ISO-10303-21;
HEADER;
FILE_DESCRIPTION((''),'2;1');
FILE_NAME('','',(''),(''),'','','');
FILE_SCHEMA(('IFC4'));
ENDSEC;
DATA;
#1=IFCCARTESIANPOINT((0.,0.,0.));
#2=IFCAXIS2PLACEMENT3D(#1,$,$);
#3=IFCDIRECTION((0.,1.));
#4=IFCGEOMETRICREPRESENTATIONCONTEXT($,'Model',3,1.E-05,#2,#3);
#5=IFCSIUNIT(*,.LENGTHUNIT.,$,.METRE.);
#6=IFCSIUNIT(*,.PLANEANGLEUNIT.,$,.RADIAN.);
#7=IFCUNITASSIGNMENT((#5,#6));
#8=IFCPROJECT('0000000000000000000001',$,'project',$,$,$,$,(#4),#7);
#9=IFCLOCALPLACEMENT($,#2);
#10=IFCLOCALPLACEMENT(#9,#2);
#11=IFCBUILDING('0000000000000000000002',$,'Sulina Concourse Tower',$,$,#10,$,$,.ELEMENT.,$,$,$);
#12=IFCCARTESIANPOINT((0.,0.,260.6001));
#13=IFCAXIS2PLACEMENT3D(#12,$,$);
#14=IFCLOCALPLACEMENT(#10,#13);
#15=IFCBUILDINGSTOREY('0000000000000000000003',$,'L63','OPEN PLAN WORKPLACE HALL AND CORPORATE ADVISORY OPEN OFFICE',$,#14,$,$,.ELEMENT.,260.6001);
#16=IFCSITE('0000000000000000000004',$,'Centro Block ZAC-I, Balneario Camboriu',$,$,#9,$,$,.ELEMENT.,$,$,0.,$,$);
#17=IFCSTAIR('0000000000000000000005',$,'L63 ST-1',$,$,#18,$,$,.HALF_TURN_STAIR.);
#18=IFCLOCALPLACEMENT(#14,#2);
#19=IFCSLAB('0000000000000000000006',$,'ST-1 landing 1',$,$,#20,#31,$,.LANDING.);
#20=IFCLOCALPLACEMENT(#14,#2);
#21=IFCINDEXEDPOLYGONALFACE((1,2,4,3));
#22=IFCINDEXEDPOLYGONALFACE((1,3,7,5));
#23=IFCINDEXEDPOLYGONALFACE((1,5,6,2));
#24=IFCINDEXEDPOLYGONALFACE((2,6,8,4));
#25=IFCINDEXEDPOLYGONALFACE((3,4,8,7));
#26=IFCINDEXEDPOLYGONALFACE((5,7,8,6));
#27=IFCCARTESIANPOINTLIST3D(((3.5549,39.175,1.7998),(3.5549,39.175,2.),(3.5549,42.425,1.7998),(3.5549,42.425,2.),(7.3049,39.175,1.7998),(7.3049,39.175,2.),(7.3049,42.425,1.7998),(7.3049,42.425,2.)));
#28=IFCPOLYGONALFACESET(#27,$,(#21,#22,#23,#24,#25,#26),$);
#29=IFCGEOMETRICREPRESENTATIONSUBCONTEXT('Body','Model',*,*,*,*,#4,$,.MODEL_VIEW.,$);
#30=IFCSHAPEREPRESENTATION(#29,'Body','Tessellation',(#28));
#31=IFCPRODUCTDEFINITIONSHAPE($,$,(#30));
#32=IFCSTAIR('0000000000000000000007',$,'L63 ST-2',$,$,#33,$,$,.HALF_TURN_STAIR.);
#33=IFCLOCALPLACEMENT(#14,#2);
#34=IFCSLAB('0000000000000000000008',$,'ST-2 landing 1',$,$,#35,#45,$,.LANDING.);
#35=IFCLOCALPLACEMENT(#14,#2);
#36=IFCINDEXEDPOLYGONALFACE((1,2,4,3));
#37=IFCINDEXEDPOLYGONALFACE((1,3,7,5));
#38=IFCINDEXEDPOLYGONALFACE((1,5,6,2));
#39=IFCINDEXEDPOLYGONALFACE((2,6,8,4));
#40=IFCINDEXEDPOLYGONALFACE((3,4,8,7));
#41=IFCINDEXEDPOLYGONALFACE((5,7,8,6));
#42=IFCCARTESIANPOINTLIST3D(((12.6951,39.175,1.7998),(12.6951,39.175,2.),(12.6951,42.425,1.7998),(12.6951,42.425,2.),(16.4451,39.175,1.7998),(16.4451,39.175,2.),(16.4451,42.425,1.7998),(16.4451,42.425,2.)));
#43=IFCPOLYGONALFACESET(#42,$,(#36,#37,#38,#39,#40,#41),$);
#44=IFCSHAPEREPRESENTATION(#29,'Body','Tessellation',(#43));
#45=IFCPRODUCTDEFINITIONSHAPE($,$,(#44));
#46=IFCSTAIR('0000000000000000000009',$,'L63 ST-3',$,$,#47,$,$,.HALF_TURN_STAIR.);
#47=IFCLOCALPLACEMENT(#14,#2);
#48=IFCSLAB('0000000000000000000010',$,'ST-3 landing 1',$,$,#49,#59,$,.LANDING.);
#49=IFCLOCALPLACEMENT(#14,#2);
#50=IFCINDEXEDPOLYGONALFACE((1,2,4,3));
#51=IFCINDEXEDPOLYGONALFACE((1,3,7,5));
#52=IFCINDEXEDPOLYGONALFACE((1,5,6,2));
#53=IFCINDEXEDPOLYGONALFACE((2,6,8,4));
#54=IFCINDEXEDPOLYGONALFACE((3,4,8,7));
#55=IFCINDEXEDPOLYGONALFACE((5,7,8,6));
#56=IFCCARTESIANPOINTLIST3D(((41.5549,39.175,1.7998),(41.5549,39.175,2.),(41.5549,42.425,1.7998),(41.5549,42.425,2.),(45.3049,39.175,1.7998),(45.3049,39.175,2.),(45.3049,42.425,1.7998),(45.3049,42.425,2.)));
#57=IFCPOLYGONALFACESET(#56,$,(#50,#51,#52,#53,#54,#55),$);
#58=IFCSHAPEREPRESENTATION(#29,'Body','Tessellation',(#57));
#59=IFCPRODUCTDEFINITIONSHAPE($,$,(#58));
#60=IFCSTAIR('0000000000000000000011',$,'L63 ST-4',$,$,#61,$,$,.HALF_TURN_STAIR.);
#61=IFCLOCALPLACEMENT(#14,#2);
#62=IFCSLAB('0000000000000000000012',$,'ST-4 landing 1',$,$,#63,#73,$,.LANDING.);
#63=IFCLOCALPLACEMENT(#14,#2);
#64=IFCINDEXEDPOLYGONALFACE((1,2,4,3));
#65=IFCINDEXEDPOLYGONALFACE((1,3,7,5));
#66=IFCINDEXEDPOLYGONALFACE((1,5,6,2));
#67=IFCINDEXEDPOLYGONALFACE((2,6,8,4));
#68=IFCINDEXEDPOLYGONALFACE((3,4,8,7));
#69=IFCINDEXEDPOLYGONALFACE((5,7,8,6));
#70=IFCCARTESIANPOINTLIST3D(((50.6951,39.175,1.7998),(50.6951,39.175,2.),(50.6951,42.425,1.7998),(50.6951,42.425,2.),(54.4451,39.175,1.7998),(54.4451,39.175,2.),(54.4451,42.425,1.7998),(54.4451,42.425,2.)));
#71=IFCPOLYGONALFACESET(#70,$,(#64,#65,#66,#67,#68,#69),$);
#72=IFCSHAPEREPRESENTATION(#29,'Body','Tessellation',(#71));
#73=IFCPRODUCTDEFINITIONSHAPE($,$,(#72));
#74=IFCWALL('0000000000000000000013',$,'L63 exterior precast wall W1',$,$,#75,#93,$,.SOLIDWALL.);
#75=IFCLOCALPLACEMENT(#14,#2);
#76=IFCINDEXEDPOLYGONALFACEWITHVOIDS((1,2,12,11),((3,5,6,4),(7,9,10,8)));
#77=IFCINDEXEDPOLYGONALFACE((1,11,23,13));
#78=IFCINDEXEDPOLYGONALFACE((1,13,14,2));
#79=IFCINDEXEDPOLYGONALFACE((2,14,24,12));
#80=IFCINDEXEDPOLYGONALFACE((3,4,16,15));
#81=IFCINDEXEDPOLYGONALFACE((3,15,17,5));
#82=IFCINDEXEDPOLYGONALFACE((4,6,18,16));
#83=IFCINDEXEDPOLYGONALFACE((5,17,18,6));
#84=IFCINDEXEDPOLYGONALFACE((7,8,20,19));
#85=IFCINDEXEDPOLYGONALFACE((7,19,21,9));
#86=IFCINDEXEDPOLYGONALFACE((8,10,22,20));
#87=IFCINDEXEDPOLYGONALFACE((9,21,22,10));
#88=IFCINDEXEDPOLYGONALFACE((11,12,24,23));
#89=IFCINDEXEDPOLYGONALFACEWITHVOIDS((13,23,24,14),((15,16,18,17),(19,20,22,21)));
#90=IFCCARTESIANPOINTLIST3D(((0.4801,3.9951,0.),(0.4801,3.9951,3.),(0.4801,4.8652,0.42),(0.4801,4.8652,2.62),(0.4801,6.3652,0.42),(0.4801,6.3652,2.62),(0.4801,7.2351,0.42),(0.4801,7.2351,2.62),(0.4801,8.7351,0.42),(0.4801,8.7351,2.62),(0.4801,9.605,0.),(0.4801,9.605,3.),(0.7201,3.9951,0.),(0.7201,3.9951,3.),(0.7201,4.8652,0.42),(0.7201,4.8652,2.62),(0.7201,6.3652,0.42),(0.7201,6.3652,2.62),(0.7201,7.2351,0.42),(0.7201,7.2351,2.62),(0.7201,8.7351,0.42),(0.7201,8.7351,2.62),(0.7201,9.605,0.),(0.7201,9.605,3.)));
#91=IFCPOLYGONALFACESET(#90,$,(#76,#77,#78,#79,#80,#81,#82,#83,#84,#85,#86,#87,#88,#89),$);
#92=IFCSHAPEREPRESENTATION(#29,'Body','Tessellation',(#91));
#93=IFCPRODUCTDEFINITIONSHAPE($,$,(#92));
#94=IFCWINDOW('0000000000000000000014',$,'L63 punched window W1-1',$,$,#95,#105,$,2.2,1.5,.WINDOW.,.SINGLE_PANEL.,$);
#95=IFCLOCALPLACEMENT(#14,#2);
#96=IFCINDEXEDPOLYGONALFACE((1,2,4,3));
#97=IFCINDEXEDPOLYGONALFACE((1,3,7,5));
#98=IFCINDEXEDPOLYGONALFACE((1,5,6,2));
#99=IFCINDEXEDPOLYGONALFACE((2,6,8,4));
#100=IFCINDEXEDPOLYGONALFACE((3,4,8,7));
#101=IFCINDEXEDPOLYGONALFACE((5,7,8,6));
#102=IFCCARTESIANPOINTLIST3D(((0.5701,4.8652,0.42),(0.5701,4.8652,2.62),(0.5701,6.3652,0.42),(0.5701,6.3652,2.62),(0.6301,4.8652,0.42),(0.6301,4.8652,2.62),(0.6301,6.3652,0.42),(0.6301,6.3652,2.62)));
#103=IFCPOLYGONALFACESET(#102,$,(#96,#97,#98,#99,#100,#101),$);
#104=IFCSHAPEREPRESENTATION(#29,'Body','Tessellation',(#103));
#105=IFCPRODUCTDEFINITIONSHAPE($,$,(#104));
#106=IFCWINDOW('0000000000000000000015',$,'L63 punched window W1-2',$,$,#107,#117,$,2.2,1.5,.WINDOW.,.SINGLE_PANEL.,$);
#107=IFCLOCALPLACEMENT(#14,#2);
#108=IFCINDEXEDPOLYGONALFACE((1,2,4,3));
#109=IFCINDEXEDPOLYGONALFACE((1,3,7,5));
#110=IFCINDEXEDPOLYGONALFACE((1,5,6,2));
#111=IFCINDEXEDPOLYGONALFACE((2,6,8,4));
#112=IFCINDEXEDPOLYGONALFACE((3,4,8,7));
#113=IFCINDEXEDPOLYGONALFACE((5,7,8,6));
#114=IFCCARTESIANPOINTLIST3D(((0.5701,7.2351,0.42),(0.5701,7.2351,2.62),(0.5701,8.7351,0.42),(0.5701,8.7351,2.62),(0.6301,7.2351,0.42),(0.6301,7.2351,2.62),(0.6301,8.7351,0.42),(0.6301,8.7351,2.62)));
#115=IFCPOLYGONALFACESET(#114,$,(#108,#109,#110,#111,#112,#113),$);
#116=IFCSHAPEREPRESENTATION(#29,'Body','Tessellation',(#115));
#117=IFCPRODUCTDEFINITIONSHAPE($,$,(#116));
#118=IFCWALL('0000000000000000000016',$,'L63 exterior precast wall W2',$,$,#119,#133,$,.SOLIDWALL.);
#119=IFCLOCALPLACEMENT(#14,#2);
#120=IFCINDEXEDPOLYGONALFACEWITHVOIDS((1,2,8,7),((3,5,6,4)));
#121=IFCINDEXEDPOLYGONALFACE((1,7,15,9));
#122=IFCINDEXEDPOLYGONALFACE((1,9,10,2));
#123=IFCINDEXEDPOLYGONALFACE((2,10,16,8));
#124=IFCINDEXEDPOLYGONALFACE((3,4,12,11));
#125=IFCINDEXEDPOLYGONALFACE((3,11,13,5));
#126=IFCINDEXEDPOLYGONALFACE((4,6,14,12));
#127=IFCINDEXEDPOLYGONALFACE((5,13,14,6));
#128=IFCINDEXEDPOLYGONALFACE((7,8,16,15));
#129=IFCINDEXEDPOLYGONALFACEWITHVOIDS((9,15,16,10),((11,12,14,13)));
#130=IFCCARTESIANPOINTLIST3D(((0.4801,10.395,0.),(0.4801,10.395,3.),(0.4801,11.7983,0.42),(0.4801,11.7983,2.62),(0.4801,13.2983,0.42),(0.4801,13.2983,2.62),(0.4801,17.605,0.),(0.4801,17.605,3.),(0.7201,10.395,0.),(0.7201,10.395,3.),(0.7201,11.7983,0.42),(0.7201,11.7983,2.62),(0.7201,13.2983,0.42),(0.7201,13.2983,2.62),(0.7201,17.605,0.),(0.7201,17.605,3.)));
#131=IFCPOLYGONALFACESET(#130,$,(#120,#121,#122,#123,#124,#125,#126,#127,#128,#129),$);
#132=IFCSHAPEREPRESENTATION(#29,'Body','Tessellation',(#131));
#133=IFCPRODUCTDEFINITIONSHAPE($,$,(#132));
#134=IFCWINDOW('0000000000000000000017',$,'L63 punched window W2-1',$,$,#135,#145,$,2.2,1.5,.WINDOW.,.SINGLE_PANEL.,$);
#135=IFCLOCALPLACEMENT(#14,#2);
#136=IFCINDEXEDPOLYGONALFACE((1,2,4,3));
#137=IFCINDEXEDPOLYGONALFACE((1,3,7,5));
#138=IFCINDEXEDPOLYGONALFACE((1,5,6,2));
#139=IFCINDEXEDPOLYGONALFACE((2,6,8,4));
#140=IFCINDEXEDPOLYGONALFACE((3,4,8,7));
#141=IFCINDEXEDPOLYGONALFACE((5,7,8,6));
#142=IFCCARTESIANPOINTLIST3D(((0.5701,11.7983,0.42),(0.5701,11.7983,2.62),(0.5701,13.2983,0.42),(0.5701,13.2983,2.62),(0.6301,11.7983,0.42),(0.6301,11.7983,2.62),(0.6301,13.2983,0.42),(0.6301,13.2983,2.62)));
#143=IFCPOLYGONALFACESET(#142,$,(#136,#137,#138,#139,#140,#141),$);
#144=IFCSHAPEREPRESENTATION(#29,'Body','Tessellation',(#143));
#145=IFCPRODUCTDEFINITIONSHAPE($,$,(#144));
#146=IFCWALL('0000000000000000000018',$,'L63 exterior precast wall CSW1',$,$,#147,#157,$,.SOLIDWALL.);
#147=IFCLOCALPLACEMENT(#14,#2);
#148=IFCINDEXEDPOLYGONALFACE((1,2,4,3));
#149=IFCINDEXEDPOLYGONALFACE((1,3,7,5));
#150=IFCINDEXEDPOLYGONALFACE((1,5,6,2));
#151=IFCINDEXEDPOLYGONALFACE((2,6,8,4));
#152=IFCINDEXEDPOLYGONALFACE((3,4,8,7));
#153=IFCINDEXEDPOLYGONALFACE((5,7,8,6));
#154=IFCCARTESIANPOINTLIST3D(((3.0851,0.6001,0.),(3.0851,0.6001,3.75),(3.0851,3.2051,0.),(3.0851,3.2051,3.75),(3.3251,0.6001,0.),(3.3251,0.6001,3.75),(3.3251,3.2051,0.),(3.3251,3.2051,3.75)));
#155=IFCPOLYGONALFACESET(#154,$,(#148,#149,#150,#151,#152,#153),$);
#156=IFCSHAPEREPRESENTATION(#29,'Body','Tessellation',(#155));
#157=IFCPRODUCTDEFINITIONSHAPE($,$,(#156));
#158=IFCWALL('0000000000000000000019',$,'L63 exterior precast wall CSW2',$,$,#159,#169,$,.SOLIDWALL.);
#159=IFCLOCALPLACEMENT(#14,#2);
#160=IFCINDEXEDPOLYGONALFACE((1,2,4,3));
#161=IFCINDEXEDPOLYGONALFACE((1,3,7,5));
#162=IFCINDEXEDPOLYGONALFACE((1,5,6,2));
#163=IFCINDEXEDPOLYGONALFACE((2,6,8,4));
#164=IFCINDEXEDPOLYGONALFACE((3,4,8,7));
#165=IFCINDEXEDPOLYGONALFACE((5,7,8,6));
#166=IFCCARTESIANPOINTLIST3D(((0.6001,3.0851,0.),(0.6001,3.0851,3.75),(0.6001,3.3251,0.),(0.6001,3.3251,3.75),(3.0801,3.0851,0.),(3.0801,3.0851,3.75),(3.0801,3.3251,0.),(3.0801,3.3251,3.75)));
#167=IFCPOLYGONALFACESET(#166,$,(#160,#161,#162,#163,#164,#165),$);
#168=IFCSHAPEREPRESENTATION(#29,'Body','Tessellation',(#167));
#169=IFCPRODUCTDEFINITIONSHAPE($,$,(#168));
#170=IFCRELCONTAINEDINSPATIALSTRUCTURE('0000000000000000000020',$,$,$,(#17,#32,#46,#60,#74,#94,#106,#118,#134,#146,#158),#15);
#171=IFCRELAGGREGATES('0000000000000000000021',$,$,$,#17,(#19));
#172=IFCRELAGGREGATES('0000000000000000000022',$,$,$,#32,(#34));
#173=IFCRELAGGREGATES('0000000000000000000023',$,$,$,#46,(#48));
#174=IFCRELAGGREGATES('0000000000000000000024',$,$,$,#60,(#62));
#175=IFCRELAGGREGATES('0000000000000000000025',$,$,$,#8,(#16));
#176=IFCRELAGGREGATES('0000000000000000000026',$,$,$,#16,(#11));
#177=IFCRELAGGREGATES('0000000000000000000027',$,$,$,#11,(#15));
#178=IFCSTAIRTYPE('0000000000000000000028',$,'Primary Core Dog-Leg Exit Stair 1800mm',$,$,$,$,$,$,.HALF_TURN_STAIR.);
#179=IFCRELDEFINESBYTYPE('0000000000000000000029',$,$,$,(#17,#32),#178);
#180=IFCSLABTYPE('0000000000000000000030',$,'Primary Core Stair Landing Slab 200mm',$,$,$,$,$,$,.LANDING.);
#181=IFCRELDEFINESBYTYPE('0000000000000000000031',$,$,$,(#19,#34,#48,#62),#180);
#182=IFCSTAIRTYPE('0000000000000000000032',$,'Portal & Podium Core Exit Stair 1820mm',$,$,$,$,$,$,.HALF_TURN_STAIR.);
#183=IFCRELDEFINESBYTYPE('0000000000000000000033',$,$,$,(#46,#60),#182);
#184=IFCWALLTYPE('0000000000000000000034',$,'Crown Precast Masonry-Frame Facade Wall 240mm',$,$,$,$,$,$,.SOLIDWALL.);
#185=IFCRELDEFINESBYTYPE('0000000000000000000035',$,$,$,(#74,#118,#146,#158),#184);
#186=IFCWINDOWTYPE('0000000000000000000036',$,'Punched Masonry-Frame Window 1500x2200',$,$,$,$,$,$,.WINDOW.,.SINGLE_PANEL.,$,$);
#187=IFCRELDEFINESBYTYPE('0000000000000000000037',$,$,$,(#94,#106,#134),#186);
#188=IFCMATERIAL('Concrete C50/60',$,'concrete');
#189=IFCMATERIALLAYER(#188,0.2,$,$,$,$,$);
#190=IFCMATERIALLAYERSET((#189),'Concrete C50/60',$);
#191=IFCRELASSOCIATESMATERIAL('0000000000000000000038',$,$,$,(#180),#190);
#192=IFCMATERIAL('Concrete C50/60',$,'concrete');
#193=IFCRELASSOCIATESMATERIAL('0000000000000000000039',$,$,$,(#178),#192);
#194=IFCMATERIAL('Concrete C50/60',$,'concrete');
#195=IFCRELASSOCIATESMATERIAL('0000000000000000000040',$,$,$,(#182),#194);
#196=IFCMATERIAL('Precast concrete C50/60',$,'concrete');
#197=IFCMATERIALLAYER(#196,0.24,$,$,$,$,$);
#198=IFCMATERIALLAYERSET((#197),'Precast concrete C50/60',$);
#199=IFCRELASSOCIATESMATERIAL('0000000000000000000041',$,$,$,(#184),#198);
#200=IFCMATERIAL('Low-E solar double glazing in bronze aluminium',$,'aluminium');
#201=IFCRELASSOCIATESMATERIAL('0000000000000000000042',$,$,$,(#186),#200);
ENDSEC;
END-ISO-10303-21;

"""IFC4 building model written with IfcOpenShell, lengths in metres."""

from ifc_helpers import new_model, si_unit, direction, frame, frame_2d, origin, place, context, subcontext, project, spatial, polyline, rectangle, outline, extrude, material, layer, layer_set, type_object, element, fill, aggregate, save


model = new_model("IFC4")

# Units and contexts
model_context = context("Model", 3, precision=1e-05, world=origin(), true_north=direction((0.0, 1.0)))
body_context = subcontext(model_context, "Body", "Model", "MODEL_VIEW")
ifc_project = project(units=[si_unit("LENGTHUNIT", "METRE"), si_unit("PLANEANGLEUNIT", "RADIAN")], contexts=[model_context])

# Site, building, storey
site_placement = place(None, origin())
site = spatial("IfcSite", under=ifc_project, at=site_placement, Name="Centro Block ZAC-I, Balneario Camboriu", CompositionType="ELEMENT", RefElevation=0.0)
building_placement = place(site_placement, origin())
building = spatial("IfcBuilding", under=site, at=building_placement, Name="Sulina Concourse Tower", CompositionType="ELEMENT")
storey_placement = place(building_placement, frame((0.0, 0.0, 260.6001)))
storey = spatial("IfcBuildingStorey", under=building, at=storey_placement, Name="L63", Description="OPEN PLAN WORKPLACE HALL AND CORPORATE ADVISORY OPEN OFFICE", CompositionType="ELEMENT", Elevation=260.6001)

# Shared definitions
ifc_material_1 = material(Name="Concrete C50/60", Category="concrete")
ifc_layer_1 = layer(ifc_material_1, 0.2)
ifc_layer_set_1 = layer_set([ifc_layer_1], Name="Concrete C50/60")
slab_type_1 = type_object("IfcSlabType", Name="Primary Core Stair Landing Slab 200mm", PredefinedType="LANDING", material=ifc_layer_set_1)

# Stairs, slabs
ifc_material_2 = material(Name="Concrete C50/60", Category="concrete")
stair_type_1 = type_object("IfcStairType", Name="Primary Core Dog-Leg Exit Stair 1800mm", PredefinedType="HALF_TURN_STAIR", material=ifc_material_2)
stair_1_placement = place(storey_placement, origin())
stair_1 = element("IfcStair", 1, at=stair_1_placement, inside=storey, type_object=stair_type_1, Name="L63 ST-1", PredefinedType="HALF_TURN_STAIR")
slab_1_placement = place(storey_placement, frame((0.0, 0.0, 1.7998)))
slab_1 = element("IfcSlab", 2, at=slab_1_placement, type_object=slab_type_1, Name="ST-1 landing 1", PredefinedType="LANDING", context=body_context, shape_type="SweptSolid", body=[
    extrude(outline(polyline([(7.3049, 39.175), (7.3049, 42.425), (3.5549, 42.425), (3.5549, 39.175), (7.3049, 39.175)])), origin(), (0.0, 0.0, 1.0), 0.2002),
])
aggregate(stair_1, [slab_1])
stair_2_placement = place(storey_placement, origin())
stair_2 = element("IfcStair", 3, at=stair_2_placement, inside=storey, type_object=stair_type_1, Name="L63 ST-2", PredefinedType="HALF_TURN_STAIR")
slab_2_placement = place(storey_placement, frame((0.0, 0.0, 1.7998)))
slab_2 = element("IfcSlab", 4, at=slab_2_placement, type_object=slab_type_1, Name="ST-2 landing 1", PredefinedType="LANDING", context=body_context, shape_type="SweptSolid", body=[
    extrude(outline(polyline([(16.4451, 39.175), (16.4451, 42.425), (12.6951, 42.425), (12.6951, 39.175), (16.4451, 39.175)])), origin(), (0.0, 0.0, 1.0), 0.2002),
])
aggregate(stair_2, [slab_2])
ifc_material_3 = material(Name="Concrete C50/60", Category="concrete")
stair_type_2 = type_object("IfcStairType", Name="Portal & Podium Core Exit Stair 1820mm", PredefinedType="HALF_TURN_STAIR", material=ifc_material_3)
stair_3_placement = place(storey_placement, origin())
stair_3 = element("IfcStair", 5, at=stair_3_placement, inside=storey, type_object=stair_type_2, Name="L63 ST-3", PredefinedType="HALF_TURN_STAIR")
slab_3_placement = place(storey_placement, frame((0.0, 0.0, 1.7998)))
slab_3 = element("IfcSlab", 6, at=slab_3_placement, type_object=slab_type_1, Name="ST-3 landing 1", PredefinedType="LANDING", context=body_context, shape_type="SweptSolid", body=[
    extrude(outline(polyline([(45.3049, 39.175), (45.3049, 42.425), (41.5549, 42.425), (41.5549, 39.175), (45.3049, 39.175)])), origin(), (0.0, 0.0, 1.0), 0.2002),
])
aggregate(stair_3, [slab_3])
stair_4_placement = place(storey_placement, origin())
stair_4 = element("IfcStair", 7, at=stair_4_placement, inside=storey, type_object=stair_type_2, Name="L63 ST-4", PredefinedType="HALF_TURN_STAIR")
slab_4_placement = place(storey_placement, frame((0.0, 0.0, 1.7998)))
slab_4 = element("IfcSlab", 8, at=slab_4_placement, type_object=slab_type_1, Name="ST-4 landing 1", PredefinedType="LANDING", context=body_context, shape_type="SweptSolid", body=[
    extrude(outline(polyline([(54.4451, 39.175), (54.4451, 42.425), (50.6951, 42.425), (50.6951, 39.175), (54.4451, 39.175)])), origin(), (0.0, 0.0, 1.0), 0.2002),
])
aggregate(stair_4, [slab_4])

# Wall, openings, windows
ifc_material_4 = material(Name="Precast concrete C50/60", Category="concrete")
ifc_layer_2 = layer(ifc_material_4, 0.24)
ifc_layer_set_2 = layer_set([ifc_layer_2], Name="Precast concrete C50/60")
wall_type = type_object("IfcWallType", Name="Crown Precast Masonry-Frame Facade Wall 240mm", PredefinedType="SOLIDWALL", material=ifc_layer_set_2)
wall_1_placement = place(storey_placement, frame((0.6001, 3.9951, 0.0), z_axis=(0.0, 0.0, 1.0), x_axis=(0.0, 1.0, 0.0)))
wall_1 = element("IfcWall", 9, at=wall_1_placement, inside=storey, type_object=wall_type, Name="L63 exterior precast wall W1", PredefinedType="SOLIDWALL", context=body_context, shape_type="SweptSolid", body=[
    extrude(rectangle(XDim=5.6099, YDim=0.24, at=frame_2d((2.8049, 0.0))), origin(), (0.0, 0.0, 1.0), 3.0),
])
opening_1_placement = place(wall_1_placement, frame((0.8701, 0.0, 0.4199)))
opening_1 = element("IfcOpeningElement", 10, at=opening_1_placement, cuts=wall_1, PredefinedType="OPENING", context=body_context, shape_type="SweptSolid", body=[
    extrude(rectangle(XDim=1.5, YDim=2.2, at=frame_2d((0.75, 1.1001))), frame((0.0, 0.1299, 0.0), z_axis=(0.0, -1.0, 0.0), x_axis=(1.0, 0.0, 0.0)), (0.0, 0.0, 1.0), 0.26),
])
opening_2_placement = place(wall_1_placement, frame((3.24, 0.0, 0.4199)))
opening_2 = element("IfcOpeningElement", 11, at=opening_2_placement, cuts=wall_1, PredefinedType="OPENING", context=body_context, shape_type="SweptSolid", body=[
    extrude(rectangle(XDim=1.5, YDim=2.2, at=frame_2d((0.75, 1.1001))), frame((0.0, 0.1299, 0.0), z_axis=(0.0, -1.0, 0.0), x_axis=(1.0, 0.0, 0.0)), (0.0, 0.0, 1.0), 0.26),
])
ifc_material_5 = material(Name="Low-E solar double glazing in bronze aluminium", Category="aluminium")
window_type = type_object("IfcWindowType", Name="Punched Masonry-Frame Window 1500x2200", PartitioningType="SINGLE_PANEL", PredefinedType="WINDOW", material=ifc_material_5)
window_1_placement = place(opening_1_placement, origin())
window_1 = element("IfcWindow", 12, at=window_1_placement, inside=storey, type_object=window_type, Name="L63 punched window W1-1", OverallHeight=2.2, OverallWidth=1.5, PartitioningType="SINGLE_PANEL", PredefinedType="WINDOW", context=body_context, shape_type="SweptSolid", body=[
    extrude(rectangle(XDim=1.5, YDim=2.2, at=frame_2d((0.75, 1.1001))), frame((0.0, 0.03, 0.0), z_axis=(0.0, -1.0, 0.0), x_axis=(1.0, 0.0, 0.0)), (0.0, 0.0, 1.0), 0.0601),
])
fill(opening_1, window_1)
window_2_placement = place(opening_2_placement, origin())
window_2 = element("IfcWindow", 13, at=window_2_placement, inside=storey, type_object=window_type, Name="L63 punched window W1-2", OverallHeight=2.2, OverallWidth=1.5, PartitioningType="SINGLE_PANEL", PredefinedType="WINDOW", context=body_context, shape_type="SweptSolid", body=[
    extrude(rectangle(XDim=1.5, YDim=2.2, at=frame_2d((0.75, 1.1001))), frame((0.0, 0.03, 0.0), z_axis=(0.0, -1.0, 0.0), x_axis=(1.0, 0.0, 0.0)), (0.0, 0.0, 1.0), 0.0601),
])
fill(opening_2, window_2)

# Wall, opening, window
wall_2_placement = place(storey_placement, frame((0.6001, 10.395, 0.0), z_axis=(0.0, 0.0, 1.0), x_axis=(0.0, 1.0, 0.0)))
wall_2 = element("IfcWall", 14, at=wall_2_placement, inside=storey, type_object=wall_type, Name="L63 exterior precast wall W2", PredefinedType="SOLIDWALL", context=body_context, shape_type="SweptSolid", body=[
    extrude(rectangle(XDim=7.21, YDim=0.24, at=frame_2d((3.605, 0.0))), origin(), (0.0, 0.0, 1.0), 3.0),
])
opening_3_placement = place(wall_2_placement, frame((1.4033, 0.0, 0.4199)))
opening_3 = element("IfcOpeningElement", 15, at=opening_3_placement, cuts=wall_2, PredefinedType="OPENING", context=body_context, shape_type="SweptSolid", body=[
    extrude(rectangle(XDim=1.5, YDim=2.2, at=frame_2d((0.75, 1.1001))), frame((0.0, 0.1299, 0.0), z_axis=(0.0, -1.0, 0.0), x_axis=(1.0, 0.0, 0.0)), (0.0, 0.0, 1.0), 0.26),
])
window_3_placement = place(opening_3_placement, origin())
window_3 = element("IfcWindow", 16, at=window_3_placement, inside=storey, type_object=window_type, Name="L63 punched window W2-1", OverallHeight=2.2, OverallWidth=1.5, PartitioningType="SINGLE_PANEL", PredefinedType="WINDOW", context=body_context, shape_type="SweptSolid", body=[
    extrude(rectangle(XDim=1.5, YDim=2.2, at=frame_2d((0.75, 1.1001))), frame((0.0, 0.03, 0.0), z_axis=(0.0, -1.0, 0.0), x_axis=(1.0, 0.0, 0.0)), (0.0, 0.0, 1.0), 0.0601),
])
fill(opening_3, window_3)

# Walls
wall_3_placement = place(storey_placement, frame((3.2051, 0.6001, 0.0), z_axis=(0.0, 0.0, 1.0), x_axis=(0.0, 1.0, 0.0)))
element("IfcWall", 17, at=wall_3_placement, inside=storey, type_object=wall_type, Name="L63 exterior precast wall CSW1", PredefinedType="SOLIDWALL", context=body_context, shape_type="SweptSolid", body=[
    extrude(rectangle(XDim=2.605, YDim=0.24, at=frame_2d((1.3025, 0.0))), origin(), (0.0, 0.0, 1.0), 3.75),
])
wall_4_placement = place(storey_placement, frame((3.0801, 3.2051, 0.0), z_axis=(0.0, 0.0, 1.0), x_axis=(-1.0, 0.0, 0.0)))
element("IfcWall", 18, at=wall_4_placement, inside=storey, type_object=wall_type, Name="L63 exterior precast wall CSW2", PredefinedType="SOLIDWALL", context=body_context, shape_type="SweptSolid", body=[
    extrude(rectangle(XDim=2.48, YDim=0.24, at=frame_2d((1.24, 0.0))), origin(), (0.0, 0.0, 1.0), 3.75),
])

save(model, "model.ifc")
